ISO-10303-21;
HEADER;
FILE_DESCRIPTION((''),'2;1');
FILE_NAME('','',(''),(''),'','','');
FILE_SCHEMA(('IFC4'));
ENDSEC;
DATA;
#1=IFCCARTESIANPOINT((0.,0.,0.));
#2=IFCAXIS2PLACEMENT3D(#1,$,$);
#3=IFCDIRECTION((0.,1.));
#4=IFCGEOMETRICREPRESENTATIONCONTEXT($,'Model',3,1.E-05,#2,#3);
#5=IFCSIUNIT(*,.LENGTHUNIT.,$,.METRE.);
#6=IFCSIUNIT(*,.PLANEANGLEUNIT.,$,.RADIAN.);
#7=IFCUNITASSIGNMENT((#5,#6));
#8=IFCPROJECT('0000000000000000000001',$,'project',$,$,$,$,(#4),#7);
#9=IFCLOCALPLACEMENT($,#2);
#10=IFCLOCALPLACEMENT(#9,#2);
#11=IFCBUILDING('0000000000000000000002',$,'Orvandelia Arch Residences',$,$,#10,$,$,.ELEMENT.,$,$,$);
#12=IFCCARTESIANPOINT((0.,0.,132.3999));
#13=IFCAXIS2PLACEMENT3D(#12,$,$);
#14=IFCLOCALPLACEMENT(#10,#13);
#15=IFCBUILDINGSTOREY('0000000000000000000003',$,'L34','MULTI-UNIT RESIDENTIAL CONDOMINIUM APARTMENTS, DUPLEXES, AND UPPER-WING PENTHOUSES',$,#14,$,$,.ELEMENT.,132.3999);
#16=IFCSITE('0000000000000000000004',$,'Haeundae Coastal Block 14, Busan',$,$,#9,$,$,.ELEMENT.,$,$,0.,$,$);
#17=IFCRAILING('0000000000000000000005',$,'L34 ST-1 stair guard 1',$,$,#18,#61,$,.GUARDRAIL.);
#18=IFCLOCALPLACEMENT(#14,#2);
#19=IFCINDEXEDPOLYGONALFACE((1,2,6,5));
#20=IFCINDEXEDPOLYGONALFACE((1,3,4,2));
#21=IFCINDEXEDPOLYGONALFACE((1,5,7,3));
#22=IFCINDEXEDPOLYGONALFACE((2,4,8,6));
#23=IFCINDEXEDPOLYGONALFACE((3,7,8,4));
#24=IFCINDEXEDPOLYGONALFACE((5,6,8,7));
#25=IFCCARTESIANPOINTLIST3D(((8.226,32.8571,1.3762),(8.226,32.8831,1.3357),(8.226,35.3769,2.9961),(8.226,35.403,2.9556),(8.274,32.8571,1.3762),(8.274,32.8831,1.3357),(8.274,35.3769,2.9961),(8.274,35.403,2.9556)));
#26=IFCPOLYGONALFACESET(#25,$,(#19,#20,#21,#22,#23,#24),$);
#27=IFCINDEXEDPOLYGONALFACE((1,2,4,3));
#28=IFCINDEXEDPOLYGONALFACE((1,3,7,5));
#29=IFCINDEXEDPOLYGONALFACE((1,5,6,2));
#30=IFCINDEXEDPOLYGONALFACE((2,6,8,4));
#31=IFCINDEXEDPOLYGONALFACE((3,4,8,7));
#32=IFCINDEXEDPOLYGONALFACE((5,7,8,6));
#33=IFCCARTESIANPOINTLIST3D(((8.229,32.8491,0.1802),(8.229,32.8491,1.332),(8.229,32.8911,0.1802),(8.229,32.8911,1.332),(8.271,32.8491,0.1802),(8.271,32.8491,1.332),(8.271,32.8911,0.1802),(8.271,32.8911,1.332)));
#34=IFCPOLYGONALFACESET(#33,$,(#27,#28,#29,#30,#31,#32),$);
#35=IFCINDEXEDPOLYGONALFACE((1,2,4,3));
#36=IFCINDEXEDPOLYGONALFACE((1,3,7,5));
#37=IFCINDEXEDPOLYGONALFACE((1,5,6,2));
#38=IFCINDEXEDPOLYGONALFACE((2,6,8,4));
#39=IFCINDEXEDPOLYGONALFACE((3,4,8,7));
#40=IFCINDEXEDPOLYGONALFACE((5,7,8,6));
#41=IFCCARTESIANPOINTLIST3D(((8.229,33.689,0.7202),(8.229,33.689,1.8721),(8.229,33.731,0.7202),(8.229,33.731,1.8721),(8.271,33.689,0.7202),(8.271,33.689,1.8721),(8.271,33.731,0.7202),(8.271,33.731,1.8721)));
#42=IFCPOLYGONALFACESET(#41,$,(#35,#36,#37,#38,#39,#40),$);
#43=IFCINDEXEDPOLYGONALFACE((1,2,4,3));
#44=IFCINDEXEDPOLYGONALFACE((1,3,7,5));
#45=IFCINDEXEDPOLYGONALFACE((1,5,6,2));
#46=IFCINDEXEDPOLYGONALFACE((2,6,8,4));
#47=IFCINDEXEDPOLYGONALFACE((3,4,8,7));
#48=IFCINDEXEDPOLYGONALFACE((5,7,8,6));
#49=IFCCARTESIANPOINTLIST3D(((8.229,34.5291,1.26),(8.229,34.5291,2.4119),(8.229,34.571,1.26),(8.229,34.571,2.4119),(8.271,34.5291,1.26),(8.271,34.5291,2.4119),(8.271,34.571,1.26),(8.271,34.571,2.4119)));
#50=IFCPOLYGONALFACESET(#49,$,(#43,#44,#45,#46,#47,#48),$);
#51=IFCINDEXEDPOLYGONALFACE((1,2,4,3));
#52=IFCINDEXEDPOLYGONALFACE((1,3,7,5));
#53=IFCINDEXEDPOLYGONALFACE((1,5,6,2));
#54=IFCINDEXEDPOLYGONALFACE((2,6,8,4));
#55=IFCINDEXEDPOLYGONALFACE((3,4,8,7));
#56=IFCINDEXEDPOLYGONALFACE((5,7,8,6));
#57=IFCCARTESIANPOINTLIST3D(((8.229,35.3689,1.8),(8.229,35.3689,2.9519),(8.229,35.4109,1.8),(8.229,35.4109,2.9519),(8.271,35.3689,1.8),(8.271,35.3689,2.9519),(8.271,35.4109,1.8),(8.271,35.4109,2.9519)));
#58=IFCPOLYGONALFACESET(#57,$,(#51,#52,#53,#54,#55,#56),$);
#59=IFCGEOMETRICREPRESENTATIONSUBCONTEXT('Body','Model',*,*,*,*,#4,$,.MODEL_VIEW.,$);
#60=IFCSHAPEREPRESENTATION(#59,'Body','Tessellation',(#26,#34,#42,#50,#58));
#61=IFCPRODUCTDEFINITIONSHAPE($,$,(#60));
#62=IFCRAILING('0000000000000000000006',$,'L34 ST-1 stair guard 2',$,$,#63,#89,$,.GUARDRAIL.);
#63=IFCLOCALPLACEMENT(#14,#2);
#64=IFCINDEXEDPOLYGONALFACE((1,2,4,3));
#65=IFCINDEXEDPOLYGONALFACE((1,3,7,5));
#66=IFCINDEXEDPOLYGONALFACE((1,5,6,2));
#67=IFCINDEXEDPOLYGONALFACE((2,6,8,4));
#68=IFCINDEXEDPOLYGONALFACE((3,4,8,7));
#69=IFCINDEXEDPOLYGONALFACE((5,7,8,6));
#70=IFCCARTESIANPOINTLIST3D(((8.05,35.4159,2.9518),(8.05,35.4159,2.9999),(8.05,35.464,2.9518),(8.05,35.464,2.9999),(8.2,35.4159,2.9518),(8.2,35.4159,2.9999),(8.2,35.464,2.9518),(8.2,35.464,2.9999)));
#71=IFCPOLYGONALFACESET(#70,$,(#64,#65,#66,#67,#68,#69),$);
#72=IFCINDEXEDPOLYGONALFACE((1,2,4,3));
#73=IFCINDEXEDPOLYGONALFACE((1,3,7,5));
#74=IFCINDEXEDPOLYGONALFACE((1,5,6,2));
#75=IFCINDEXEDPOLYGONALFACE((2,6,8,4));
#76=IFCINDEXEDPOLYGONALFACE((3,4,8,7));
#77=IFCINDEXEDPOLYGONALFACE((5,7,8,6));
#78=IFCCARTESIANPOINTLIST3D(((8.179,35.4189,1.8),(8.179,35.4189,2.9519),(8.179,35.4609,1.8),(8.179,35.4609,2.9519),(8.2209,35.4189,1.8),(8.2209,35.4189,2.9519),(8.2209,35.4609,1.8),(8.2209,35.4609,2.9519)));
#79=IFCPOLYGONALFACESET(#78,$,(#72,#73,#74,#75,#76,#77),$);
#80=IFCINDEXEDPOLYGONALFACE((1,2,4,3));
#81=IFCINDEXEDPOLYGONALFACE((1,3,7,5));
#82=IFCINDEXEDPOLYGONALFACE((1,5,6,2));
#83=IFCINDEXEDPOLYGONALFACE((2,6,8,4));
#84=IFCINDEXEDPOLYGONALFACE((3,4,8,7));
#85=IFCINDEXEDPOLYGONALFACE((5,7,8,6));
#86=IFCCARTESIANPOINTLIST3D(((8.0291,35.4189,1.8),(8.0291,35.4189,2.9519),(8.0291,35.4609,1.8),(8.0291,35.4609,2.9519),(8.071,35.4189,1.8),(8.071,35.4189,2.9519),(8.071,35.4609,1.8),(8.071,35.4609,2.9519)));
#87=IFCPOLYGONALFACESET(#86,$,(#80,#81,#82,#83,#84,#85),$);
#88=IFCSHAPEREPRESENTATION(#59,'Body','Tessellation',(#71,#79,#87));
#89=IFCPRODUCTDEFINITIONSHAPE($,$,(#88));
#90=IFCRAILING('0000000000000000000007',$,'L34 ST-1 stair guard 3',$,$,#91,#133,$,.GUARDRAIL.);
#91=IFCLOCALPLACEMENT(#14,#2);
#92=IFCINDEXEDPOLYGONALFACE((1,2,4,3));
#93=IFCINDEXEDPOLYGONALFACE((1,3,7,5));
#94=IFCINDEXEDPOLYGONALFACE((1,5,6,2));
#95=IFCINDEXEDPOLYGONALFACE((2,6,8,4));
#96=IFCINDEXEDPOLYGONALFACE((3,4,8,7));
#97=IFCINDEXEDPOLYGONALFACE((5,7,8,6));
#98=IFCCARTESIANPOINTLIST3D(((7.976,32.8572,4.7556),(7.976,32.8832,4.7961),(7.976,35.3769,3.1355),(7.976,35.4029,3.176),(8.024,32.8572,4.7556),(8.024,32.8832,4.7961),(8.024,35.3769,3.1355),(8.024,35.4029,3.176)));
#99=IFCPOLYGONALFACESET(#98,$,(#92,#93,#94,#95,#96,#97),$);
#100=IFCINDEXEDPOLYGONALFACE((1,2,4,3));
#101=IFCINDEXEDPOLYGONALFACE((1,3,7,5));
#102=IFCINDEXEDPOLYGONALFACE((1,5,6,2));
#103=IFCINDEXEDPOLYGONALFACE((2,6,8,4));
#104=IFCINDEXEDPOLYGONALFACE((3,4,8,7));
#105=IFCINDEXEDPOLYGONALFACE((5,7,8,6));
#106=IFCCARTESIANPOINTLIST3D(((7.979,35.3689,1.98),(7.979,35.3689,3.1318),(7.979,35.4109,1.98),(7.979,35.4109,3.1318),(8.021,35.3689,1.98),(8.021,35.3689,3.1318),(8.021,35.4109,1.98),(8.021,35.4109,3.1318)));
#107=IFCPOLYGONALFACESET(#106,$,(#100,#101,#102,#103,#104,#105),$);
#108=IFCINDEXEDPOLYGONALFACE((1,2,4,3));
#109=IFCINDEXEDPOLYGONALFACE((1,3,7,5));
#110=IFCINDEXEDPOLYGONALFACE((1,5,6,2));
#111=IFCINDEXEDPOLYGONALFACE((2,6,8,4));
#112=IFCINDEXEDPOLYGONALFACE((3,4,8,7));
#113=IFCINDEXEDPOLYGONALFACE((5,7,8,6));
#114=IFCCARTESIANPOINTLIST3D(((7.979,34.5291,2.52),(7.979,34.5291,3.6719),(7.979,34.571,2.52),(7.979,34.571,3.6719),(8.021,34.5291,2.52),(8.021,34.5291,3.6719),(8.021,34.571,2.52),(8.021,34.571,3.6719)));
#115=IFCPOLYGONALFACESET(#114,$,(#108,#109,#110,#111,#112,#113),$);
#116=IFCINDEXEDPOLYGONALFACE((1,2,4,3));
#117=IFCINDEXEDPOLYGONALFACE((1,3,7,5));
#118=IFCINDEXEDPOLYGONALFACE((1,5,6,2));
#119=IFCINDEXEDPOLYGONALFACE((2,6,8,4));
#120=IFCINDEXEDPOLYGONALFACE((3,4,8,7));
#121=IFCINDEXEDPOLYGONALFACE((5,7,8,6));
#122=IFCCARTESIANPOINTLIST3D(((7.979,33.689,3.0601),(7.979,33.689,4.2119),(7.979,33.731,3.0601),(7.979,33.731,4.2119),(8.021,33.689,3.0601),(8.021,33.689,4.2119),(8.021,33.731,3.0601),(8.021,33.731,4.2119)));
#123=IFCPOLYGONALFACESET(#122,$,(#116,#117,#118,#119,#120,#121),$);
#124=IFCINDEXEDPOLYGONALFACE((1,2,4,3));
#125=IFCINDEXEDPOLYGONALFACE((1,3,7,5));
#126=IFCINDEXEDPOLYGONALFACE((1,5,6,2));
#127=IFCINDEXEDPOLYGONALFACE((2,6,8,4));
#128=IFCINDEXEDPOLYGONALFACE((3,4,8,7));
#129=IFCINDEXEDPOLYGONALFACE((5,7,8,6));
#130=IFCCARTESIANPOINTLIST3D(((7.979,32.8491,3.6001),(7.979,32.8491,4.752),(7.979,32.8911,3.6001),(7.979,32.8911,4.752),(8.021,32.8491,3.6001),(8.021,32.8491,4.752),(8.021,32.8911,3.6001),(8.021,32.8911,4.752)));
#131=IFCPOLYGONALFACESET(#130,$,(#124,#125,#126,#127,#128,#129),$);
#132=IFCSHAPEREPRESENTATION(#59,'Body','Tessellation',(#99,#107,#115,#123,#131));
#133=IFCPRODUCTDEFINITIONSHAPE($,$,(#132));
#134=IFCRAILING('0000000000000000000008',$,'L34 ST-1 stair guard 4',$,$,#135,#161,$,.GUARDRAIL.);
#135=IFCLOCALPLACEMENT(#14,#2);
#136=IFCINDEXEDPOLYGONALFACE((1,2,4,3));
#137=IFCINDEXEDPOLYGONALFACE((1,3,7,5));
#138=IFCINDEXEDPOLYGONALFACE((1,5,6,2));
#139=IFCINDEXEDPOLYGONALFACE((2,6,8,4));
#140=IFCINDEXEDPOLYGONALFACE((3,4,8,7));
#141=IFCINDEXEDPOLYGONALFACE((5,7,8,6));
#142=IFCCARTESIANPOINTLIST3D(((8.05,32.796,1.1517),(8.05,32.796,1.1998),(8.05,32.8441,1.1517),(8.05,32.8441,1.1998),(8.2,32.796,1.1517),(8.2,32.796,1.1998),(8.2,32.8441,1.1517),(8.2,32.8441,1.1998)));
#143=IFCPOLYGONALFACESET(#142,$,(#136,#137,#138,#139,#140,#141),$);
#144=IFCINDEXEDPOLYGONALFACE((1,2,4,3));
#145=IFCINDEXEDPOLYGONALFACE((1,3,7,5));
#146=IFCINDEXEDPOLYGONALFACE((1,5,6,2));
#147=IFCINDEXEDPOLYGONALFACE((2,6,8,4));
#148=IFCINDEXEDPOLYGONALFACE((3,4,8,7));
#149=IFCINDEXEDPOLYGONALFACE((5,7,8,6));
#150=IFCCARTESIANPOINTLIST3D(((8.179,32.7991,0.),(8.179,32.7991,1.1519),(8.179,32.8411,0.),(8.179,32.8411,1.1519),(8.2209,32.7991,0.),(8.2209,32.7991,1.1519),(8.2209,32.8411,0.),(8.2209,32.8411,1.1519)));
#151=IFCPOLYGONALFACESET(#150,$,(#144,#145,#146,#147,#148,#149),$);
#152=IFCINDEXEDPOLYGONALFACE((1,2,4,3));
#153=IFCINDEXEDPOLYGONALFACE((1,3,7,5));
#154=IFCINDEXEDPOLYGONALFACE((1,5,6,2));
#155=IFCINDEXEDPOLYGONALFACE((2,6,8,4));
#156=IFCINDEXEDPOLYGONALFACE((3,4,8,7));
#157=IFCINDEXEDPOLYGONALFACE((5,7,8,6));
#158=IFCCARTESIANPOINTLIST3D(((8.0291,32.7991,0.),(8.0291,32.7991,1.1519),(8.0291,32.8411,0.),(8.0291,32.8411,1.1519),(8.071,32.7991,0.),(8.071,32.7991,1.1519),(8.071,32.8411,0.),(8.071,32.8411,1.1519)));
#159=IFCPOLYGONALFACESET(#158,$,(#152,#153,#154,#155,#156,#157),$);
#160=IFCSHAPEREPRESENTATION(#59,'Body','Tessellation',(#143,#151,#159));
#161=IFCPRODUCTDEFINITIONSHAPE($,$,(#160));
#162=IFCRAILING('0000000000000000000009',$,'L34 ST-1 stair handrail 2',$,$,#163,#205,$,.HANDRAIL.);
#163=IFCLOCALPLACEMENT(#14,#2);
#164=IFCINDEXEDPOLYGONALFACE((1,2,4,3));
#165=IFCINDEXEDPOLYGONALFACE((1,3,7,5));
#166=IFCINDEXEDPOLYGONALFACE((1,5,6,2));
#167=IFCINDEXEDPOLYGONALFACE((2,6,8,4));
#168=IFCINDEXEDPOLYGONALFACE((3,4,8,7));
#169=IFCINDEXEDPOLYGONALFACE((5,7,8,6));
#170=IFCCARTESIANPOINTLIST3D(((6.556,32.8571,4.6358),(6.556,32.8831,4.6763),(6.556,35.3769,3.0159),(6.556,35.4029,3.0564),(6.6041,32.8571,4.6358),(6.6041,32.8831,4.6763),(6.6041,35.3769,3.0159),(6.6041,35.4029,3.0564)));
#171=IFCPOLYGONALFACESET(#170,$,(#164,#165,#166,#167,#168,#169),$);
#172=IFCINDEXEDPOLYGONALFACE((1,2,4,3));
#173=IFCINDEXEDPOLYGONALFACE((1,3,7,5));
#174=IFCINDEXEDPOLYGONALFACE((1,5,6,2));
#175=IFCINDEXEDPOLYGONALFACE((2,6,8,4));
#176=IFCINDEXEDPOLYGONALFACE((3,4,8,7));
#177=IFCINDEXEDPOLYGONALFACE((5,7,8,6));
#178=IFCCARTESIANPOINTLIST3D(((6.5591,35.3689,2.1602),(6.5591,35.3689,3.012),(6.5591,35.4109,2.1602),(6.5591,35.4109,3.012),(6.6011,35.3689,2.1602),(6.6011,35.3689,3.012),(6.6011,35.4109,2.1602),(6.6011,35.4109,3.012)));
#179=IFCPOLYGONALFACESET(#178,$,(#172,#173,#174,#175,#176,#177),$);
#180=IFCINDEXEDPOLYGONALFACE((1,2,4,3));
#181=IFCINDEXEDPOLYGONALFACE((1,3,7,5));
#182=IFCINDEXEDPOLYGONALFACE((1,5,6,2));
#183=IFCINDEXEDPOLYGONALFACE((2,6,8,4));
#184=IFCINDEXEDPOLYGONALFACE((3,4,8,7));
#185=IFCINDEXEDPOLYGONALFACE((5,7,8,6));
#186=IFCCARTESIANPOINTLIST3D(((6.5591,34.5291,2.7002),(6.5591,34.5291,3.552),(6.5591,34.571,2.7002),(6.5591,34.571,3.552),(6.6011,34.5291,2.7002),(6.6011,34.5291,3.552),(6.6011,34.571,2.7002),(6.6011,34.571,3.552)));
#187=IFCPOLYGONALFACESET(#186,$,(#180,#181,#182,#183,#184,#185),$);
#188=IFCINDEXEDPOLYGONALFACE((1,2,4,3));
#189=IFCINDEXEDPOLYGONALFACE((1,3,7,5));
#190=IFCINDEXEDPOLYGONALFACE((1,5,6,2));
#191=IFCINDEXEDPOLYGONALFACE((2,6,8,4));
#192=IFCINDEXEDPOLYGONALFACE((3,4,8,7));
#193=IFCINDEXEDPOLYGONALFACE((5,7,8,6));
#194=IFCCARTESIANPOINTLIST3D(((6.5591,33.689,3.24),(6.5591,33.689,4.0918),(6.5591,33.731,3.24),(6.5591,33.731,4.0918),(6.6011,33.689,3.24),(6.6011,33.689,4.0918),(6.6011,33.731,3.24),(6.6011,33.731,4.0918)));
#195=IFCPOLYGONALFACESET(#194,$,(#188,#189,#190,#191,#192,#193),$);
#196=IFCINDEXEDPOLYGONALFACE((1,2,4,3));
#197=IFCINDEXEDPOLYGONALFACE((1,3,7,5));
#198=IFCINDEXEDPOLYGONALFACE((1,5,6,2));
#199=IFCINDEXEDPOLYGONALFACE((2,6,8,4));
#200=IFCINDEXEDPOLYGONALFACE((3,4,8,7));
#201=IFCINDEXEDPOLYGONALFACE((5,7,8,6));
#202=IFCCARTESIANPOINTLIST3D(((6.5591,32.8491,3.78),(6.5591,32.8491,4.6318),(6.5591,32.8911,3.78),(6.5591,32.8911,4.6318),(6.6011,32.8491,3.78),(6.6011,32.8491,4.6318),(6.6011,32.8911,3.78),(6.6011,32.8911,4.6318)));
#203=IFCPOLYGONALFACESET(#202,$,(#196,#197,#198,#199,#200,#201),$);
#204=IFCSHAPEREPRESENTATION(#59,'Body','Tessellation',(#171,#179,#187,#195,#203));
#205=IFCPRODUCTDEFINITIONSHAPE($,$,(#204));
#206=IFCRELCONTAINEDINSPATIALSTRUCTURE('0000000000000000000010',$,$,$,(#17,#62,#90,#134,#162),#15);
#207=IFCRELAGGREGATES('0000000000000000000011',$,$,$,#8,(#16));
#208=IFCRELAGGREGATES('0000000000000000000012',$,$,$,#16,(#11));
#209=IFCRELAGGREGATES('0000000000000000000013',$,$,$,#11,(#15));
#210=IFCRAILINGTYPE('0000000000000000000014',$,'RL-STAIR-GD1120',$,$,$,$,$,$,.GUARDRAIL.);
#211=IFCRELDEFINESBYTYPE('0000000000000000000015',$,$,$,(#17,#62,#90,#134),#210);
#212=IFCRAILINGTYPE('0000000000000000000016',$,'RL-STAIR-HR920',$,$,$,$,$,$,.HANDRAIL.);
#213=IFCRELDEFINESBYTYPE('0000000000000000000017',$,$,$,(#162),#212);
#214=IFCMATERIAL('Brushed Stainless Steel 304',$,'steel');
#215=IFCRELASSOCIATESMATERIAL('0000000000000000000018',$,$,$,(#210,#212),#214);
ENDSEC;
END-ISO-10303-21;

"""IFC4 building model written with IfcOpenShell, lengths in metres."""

from ifc_helpers import new_model, si_unit, direction, frame, origin, origin_2d, place, context, subcontext, project, spatial, rectangle, extrude, material, type_object, element, save


model = new_model("IFC4")

# Units and contexts
model_context = context("Model", 3, precision=1e-05, world=origin(), true_north=direction((0.0, 1.0)))
body_context = subcontext(model_context, "Body", "Model", "MODEL_VIEW")
ifc_project = project(units=[si_unit("LENGTHUNIT", "METRE"), si_unit("PLANEANGLEUNIT", "RADIAN")], contexts=[model_context])

# Site, building, storey
site_placement = place(None, origin())
site = spatial("IfcSite", under=ifc_project, at=site_placement, Name="Haeundae Coastal Block 14, Busan", CompositionType="ELEMENT", RefElevation=0.0)
building_placement = place(site_placement, origin())
building = spatial("IfcBuilding", under=site, at=building_placement, Name="Orvandelia Arch Residences", CompositionType="ELEMENT")
storey_placement = place(building_placement, frame((0.0, 0.0, 132.3999)))
storey = spatial("IfcBuildingStorey", under=building, at=storey_placement, Name="L34", Description="MULTI-UNIT RESIDENTIAL CONDOMINIUM APARTMENTS, DUPLEXES, AND UPPER-WING PENTHOUSES", CompositionType="ELEMENT", Elevation=132.3999)

# Railings
ifc_material_1 = material(Name="Brushed Stainless Steel 304", Category="steel")
railing_type_1 = type_object("IfcRailingType", Name="RL-STAIR-GD1120", PredefinedType="GUARDRAIL", material=ifc_material_1)
railing_1_placement = place(storey_placement, frame((8.25, 32.8701, 0.1802)))
element("IfcRailing", 1, at=railing_1_placement, inside=storey, type_object=railing_type_1, Name="L34 ST-1 stair guard 1", PredefinedType="GUARDRAIL", context=body_context, shape_type="SweptSolid", body=[
    extrude(rectangle(XDim=0.0481, YDim=0.0481, at=origin_2d()), frame((0.0, 0.0, 1.1758), z_axis=(0.0, 0.841176, 0.540762), x_axis=(-1.0, 0.0, 0.0)), (0.0, 0.0, 1.0), 2.9956),
    extrude(rectangle(XDim=0.042, YDim=0.042, at=origin_2d()), origin(), (0.0, 0.0, 1.0), 1.1519),
    extrude(rectangle(XDim=0.042, YDim=0.042, at=origin_2d()), frame((0.0, 0.8398, 0.54)), (0.0, 0.0, 1.0), 1.1519),
    extrude(rectangle(XDim=0.042, YDim=0.042, at=origin_2d()), frame((0.0, 1.6799, 1.0798)), (0.0, 0.0, 1.0), 1.1519),
    extrude(rectangle(XDim=0.042, YDim=0.042, at=origin_2d()), frame((0.0, 2.5198, 1.6199)), (0.0, 0.0, 1.0), 1.1519),
])
railing_2_placement = place(storey_placement, frame((8.2, 35.4399, 1.8)))
element("IfcRailing", 2, at=railing_2_placement, inside=storey, type_object=railing_type_1, Name="L34 ST-1 stair guard 2", PredefinedType="GUARDRAIL", context=body_context, shape_type="SweptSolid", body=[
    extrude(rectangle(XDim=0.0481, YDim=0.0481, at=origin_2d()), frame((0.0, 0.0, 1.1758), z_axis=(-1.0, 0.0, 0.0), x_axis=(0.0, -1.0, 0.0)), (0.0, 0.0, 1.0), 0.1499),
    extrude(rectangle(XDim=0.042, YDim=0.042, at=origin_2d()), origin(), (0.0, 0.0, 1.0), 1.1519),
    extrude(rectangle(XDim=0.042, YDim=0.042, at=origin_2d()), frame((-0.1499, 0.0, 0.0)), (0.0, 0.0, 1.0), 1.1519),
])
railing_3_placement = place(storey_placement, frame((8.0, 35.3899, 1.98)))
element("IfcRailing", 3, at=railing_3_placement, inside=storey, type_object=railing_type_1, Name="L34 ST-1 stair guard 3", PredefinedType="GUARDRAIL", context=body_context, shape_type="SweptSolid", body=[
    extrude(rectangle(XDim=0.0481, YDim=0.0481, at=origin_2d()), frame((0.0, 0.0, 1.1758), z_axis=(0.0, -0.841139, 0.540819), x_axis=(1.0, 0.0, 0.0)), (0.0, 0.0, 1.0), 2.9956),
    extrude(rectangle(XDim=0.042, YDim=0.042, at=origin_2d()), origin(), (0.0, 0.0, 1.0), 1.1519),
    extrude(rectangle(XDim=0.042, YDim=0.042, at=origin_2d()), frame((0.0, -0.8398, 0.54)), (0.0, 0.0, 1.0), 1.1519),
    extrude(rectangle(XDim=0.042, YDim=0.042, at=origin_2d()), frame((0.0, -1.6799, 1.0801)), (0.0, 0.0, 1.0), 1.1519),
    extrude(rectangle(XDim=0.042, YDim=0.042, at=origin_2d()), frame((0.0, -2.5198, 1.6201)), (0.0, 0.0, 1.0), 1.1519),
])
railing_4_placement = place(storey_placement, frame((8.2, 32.8201, 0.0)))
element("IfcRailing", 4, at=railing_4_placement, inside=storey, type_object=railing_type_1, Name="L34 ST-1 stair guard 4", PredefinedType="GUARDRAIL", context=body_context, shape_type="SweptSolid", body=[
    extrude(rectangle(XDim=0.0481, YDim=0.0481, at=origin_2d()), frame((0.0, 0.0, 1.1758), z_axis=(-1.0, 0.0, 0.0), x_axis=(0.0, -1.0, 0.0)), (0.0, 0.0, 1.0), 0.1499),
    extrude(rectangle(XDim=0.042, YDim=0.042, at=origin_2d()), origin(), (0.0, 0.0, 1.0), 1.1519),
    extrude(rectangle(XDim=0.042, YDim=0.042, at=origin_2d()), frame((-0.1499, 0.0, 0.0)), (0.0, 0.0, 1.0), 1.1519),
])
railing_type_2 = type_object("IfcRailingType", Name="RL-STAIR-HR920", PredefinedType="HANDRAIL", material=ifc_material_1)
railing_5_placement = place(storey_placement, frame((6.5801, 35.3899, 2.1602)))
element("IfcRailing", 5, at=railing_5_placement, inside=storey, type_object=railing_type_2, Name="L34 ST-1 stair handrail 2", PredefinedType="HANDRAIL", context=body_context, shape_type="SweptSolid", body=[
    extrude(rectangle(XDim=0.0481, YDim=0.0481, at=origin_2d()), frame((0.0, 0.0, 0.876), z_axis=(0.0, -0.841176, 0.540762), x_axis=(1.0, 0.0, 0.0)), (0.0, 0.0, 1.0), 2.9956),
    extrude(rectangle(XDim=0.042, YDim=0.042, at=origin_2d()), origin(), (0.0, 0.0, 1.0), 0.8518),
    extrude(rectangle(XDim=0.042, YDim=0.042, at=origin_2d()), frame((0.0, -0.8398, 0.54)), (0.0, 0.0, 1.0), 0.8518),
    extrude(rectangle(XDim=0.042, YDim=0.042, at=origin_2d()), frame((0.0, -1.6799, 1.0798)), (0.0, 0.0, 1.0), 0.8518),
    extrude(rectangle(XDim=0.042, YDim=0.042, at=origin_2d()), frame((0.0, -2.5198, 1.6199)), (0.0, 0.0, 1.0), 0.8518),
])

save(model, "model.ifc")
